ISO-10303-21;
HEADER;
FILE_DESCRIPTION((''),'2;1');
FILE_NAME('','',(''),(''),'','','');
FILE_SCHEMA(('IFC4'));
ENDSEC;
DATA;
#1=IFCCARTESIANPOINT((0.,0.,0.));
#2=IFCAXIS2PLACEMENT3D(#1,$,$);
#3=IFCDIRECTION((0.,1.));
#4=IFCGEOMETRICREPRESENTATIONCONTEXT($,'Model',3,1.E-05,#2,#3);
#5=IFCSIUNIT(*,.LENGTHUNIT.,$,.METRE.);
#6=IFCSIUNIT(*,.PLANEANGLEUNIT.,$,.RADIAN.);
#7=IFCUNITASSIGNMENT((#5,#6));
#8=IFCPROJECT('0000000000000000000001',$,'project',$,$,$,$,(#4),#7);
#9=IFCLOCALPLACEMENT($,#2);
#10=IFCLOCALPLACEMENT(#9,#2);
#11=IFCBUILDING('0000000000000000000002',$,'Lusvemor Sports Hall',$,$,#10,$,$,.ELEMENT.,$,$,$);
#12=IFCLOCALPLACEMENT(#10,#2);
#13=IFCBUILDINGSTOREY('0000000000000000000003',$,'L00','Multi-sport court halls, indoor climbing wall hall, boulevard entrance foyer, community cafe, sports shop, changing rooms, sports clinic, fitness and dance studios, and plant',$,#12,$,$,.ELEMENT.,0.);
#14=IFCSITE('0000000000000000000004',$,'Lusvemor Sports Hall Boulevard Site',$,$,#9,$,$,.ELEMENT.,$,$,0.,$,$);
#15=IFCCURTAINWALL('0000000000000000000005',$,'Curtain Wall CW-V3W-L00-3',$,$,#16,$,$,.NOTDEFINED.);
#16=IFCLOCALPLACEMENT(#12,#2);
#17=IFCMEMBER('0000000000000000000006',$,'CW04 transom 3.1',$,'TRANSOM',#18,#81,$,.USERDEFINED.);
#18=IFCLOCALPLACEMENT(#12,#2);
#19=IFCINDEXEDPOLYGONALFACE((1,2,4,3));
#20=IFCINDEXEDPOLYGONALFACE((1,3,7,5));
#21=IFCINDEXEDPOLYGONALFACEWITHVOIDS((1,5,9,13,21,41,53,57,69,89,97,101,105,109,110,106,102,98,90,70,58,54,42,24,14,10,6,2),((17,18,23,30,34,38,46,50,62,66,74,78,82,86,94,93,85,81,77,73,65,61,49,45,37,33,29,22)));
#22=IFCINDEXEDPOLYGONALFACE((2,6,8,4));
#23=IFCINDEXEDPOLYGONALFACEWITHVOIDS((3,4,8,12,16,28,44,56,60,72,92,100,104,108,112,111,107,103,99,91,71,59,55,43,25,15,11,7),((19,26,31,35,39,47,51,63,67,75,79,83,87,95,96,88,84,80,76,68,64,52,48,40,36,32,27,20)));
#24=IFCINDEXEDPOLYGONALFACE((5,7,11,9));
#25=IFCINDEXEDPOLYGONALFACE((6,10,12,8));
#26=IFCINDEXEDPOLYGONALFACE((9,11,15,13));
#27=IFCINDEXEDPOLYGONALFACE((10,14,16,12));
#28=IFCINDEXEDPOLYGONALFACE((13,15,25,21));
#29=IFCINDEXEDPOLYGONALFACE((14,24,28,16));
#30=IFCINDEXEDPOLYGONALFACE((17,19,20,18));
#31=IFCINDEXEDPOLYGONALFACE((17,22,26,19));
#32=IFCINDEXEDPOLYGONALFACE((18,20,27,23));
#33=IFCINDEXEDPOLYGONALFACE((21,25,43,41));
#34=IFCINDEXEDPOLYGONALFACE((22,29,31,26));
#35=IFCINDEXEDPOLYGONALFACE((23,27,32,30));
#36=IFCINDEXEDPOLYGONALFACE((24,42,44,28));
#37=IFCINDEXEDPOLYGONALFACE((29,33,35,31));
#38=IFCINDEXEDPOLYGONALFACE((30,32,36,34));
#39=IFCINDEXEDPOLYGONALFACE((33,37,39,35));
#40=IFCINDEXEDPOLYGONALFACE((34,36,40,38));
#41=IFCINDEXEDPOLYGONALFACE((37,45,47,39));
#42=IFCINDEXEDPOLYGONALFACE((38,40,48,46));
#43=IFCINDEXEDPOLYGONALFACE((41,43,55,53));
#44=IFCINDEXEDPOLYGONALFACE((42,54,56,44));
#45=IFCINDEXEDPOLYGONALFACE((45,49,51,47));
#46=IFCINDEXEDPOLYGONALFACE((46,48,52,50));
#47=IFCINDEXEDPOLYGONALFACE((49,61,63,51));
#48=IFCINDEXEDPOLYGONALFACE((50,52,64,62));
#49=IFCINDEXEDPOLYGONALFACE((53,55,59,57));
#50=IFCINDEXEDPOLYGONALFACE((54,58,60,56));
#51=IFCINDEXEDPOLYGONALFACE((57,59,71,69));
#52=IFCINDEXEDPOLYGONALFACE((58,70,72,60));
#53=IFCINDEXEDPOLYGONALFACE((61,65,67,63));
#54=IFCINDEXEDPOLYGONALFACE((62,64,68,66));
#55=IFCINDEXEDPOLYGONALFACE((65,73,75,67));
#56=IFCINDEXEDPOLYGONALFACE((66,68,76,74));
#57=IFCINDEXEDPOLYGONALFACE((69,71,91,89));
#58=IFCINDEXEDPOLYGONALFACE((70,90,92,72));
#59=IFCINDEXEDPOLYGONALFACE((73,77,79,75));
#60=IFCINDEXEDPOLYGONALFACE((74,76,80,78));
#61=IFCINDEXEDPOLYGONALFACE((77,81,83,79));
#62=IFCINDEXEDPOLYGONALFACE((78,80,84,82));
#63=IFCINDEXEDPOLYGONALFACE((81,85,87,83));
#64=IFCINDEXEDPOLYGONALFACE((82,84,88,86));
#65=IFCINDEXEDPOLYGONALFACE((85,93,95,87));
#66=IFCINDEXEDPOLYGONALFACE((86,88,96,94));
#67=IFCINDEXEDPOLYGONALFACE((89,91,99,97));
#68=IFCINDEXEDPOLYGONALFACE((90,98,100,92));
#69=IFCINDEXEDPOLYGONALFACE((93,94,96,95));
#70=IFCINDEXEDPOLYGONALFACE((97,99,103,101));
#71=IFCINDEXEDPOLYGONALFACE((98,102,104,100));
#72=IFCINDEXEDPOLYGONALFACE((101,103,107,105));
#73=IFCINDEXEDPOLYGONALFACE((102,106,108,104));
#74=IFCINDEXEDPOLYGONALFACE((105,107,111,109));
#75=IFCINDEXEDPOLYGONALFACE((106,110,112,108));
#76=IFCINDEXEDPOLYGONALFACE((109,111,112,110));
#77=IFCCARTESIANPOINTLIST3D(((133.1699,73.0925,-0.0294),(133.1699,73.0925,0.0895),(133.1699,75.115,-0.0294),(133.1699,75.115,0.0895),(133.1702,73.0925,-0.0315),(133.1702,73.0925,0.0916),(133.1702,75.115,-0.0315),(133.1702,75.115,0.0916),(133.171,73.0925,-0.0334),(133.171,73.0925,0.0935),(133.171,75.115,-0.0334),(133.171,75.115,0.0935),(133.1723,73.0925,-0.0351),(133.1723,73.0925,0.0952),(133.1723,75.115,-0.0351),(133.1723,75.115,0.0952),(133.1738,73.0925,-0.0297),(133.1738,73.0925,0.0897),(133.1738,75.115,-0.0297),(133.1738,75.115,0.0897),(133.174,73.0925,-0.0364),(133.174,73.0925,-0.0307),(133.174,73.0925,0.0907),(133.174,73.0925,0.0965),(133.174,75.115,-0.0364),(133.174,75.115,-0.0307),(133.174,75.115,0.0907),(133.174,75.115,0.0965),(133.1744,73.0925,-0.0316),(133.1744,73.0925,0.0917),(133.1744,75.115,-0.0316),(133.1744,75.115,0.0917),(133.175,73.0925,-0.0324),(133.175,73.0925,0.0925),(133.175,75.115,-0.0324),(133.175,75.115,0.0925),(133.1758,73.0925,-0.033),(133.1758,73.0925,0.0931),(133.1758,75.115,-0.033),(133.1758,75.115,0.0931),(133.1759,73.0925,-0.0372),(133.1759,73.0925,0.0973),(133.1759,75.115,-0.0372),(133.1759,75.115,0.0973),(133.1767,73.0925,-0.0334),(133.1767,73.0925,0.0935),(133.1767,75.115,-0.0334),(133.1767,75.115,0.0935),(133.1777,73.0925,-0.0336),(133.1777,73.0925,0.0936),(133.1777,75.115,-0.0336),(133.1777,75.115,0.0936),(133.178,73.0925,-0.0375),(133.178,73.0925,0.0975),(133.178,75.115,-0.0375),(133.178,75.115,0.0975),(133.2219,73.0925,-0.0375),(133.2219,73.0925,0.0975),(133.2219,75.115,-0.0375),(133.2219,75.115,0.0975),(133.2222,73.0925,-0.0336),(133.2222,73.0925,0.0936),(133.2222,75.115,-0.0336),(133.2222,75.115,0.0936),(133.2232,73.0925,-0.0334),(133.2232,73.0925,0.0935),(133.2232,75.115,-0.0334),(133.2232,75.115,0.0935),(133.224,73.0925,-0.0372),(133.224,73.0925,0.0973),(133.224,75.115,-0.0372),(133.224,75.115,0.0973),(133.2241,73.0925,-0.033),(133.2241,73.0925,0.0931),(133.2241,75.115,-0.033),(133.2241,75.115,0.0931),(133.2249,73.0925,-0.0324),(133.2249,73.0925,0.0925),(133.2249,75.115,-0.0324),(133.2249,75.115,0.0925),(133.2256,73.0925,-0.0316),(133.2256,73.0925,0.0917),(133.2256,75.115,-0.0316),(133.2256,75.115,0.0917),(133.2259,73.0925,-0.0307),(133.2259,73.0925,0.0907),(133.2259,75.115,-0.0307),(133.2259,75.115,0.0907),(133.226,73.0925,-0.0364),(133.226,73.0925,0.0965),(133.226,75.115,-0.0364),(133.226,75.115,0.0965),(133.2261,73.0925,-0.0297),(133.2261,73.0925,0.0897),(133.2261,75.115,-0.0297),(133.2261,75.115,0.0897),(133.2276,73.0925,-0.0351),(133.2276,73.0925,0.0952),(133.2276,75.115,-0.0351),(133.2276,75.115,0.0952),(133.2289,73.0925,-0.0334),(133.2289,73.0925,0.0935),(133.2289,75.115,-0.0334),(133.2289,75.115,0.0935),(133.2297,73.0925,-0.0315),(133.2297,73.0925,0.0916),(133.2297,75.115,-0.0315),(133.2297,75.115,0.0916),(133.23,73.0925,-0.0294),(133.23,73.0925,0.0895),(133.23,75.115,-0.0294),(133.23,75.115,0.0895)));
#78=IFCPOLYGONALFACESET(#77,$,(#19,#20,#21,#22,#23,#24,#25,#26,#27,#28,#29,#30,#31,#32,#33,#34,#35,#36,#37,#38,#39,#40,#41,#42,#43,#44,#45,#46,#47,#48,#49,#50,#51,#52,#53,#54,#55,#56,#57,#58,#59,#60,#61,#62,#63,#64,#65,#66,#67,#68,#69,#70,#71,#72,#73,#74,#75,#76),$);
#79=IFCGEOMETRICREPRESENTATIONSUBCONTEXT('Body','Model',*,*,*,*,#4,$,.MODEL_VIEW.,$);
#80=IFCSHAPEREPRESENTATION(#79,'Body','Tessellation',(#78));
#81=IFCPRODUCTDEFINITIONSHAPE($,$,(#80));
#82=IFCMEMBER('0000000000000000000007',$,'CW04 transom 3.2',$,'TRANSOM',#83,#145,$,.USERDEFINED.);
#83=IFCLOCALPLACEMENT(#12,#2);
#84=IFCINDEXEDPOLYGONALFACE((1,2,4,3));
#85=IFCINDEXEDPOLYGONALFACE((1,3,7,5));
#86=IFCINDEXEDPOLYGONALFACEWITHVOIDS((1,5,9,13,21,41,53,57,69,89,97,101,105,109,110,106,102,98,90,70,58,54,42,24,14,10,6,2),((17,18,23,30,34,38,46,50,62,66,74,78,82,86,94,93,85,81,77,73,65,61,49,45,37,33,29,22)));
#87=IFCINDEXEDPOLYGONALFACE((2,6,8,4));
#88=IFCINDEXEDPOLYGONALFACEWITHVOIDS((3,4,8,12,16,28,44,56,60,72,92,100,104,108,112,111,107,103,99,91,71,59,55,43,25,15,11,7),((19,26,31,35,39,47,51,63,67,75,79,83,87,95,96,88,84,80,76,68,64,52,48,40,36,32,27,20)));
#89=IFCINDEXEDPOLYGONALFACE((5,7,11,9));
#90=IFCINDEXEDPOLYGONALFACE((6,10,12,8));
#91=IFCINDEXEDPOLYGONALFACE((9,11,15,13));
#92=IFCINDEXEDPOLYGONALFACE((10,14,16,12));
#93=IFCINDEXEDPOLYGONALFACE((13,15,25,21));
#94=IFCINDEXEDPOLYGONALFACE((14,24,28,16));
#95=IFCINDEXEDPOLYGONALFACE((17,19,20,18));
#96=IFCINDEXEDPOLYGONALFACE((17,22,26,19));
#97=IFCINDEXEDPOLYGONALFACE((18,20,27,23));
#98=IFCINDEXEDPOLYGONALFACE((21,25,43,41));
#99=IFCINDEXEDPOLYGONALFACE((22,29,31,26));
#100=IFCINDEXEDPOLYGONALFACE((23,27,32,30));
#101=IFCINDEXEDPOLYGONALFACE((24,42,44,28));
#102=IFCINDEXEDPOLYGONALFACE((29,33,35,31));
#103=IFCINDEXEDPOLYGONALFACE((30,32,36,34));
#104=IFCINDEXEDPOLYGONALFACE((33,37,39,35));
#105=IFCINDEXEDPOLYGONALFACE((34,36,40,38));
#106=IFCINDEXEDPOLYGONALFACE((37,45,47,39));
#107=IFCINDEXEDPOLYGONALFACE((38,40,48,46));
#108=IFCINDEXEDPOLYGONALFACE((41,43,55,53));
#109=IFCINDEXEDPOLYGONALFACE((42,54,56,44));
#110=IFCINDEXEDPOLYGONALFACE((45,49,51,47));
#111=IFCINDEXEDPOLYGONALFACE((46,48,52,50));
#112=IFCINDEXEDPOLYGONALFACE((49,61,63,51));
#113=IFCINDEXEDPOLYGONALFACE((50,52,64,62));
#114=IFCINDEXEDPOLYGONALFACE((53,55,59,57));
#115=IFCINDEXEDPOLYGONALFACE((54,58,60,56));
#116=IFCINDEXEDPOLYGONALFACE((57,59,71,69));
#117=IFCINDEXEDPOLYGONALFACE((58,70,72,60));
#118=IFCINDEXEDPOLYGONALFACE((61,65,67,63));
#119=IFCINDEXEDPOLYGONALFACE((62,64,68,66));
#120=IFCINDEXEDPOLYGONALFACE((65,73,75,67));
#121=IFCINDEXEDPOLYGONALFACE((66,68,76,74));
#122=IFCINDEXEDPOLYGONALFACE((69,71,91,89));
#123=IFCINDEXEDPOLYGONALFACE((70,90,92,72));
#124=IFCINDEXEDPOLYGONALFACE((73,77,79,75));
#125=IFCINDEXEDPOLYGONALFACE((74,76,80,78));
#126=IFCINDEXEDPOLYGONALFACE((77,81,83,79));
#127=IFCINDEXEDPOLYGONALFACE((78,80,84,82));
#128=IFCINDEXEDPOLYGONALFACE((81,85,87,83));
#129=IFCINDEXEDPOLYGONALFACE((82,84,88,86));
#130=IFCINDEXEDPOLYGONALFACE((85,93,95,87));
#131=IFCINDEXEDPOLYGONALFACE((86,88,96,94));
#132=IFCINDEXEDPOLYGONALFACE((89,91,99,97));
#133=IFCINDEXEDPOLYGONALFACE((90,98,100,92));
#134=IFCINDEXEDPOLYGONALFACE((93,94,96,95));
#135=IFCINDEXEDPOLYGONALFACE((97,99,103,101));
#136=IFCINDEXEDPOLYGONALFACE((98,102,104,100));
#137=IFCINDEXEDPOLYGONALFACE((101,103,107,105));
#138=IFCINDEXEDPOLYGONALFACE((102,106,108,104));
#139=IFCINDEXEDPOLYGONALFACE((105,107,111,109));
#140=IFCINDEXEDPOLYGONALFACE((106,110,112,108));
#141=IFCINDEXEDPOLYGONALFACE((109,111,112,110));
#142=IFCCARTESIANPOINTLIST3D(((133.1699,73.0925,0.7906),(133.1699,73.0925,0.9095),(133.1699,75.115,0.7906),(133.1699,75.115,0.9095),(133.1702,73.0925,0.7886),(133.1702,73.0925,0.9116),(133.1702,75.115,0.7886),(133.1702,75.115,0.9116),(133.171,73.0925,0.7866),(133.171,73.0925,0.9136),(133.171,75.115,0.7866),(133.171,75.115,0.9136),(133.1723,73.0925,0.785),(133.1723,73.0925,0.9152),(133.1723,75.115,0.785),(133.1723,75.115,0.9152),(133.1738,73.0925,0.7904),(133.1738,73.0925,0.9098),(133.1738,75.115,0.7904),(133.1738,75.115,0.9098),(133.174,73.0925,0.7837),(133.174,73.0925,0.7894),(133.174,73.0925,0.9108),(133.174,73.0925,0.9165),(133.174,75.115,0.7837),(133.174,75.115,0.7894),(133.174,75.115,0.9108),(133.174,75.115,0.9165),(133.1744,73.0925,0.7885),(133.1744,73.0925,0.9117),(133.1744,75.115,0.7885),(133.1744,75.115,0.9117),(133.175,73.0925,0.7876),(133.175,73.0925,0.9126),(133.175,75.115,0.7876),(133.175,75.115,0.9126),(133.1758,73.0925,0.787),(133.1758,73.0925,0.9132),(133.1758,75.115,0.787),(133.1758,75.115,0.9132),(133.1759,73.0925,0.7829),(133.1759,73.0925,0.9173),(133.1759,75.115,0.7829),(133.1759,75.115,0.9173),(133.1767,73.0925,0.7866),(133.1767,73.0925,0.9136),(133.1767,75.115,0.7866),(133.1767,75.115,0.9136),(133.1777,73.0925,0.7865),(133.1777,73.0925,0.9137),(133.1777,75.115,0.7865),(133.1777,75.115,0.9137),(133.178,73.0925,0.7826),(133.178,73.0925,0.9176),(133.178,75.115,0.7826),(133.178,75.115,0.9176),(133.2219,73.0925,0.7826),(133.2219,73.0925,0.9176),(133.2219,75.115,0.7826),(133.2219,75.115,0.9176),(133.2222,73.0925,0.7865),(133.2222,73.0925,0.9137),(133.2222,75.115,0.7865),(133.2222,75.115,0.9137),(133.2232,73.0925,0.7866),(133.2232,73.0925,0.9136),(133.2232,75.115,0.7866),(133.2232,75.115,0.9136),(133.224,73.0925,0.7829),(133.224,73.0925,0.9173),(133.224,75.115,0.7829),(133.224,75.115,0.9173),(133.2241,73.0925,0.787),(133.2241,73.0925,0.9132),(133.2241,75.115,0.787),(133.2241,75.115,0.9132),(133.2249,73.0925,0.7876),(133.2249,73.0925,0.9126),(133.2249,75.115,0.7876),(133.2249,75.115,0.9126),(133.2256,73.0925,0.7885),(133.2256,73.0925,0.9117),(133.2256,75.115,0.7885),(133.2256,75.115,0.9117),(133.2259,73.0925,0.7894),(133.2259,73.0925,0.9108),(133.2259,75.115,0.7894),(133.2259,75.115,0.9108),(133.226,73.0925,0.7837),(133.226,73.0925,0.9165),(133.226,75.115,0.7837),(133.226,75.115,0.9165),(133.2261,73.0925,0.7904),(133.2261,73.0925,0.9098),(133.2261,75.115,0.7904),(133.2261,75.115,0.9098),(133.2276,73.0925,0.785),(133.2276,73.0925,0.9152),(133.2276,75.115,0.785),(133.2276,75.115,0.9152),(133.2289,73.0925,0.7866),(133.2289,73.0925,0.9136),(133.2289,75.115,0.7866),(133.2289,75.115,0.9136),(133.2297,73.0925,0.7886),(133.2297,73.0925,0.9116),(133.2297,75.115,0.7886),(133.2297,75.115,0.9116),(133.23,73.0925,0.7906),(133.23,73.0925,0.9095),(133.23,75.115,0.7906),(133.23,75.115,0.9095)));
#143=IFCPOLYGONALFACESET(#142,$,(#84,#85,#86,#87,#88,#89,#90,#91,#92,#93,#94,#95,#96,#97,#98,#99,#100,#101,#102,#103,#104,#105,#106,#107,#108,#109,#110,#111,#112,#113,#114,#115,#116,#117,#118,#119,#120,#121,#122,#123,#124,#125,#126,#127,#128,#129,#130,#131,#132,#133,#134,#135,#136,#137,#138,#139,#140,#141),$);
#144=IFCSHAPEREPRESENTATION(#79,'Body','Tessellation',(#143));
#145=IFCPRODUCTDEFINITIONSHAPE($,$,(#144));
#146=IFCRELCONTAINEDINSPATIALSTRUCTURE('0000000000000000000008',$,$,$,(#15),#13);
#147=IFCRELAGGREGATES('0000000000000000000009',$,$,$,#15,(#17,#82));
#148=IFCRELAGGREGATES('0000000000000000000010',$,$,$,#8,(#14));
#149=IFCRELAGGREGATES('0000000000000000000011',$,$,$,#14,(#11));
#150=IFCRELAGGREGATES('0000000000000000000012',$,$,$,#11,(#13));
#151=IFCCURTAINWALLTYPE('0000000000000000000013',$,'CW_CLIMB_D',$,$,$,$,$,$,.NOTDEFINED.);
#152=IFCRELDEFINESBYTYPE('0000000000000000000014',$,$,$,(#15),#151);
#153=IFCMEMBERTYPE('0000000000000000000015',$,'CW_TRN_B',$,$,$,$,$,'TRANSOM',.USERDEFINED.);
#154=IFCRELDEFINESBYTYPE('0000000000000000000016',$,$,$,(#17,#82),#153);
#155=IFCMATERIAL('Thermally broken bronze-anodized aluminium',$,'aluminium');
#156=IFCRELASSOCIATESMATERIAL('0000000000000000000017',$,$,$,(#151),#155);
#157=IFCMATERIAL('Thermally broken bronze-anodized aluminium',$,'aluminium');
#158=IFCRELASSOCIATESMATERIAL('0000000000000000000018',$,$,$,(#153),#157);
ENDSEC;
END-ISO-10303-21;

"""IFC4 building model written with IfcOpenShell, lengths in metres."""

from ifc_helpers import new_model, si_unit, direction, frame, origin, origin_2d, place, context, subcontext, project, spatial, hollow_rectangle, extrude, material, material_profile, profile_set, type_object, element, aggregate, save


model = new_model("IFC4")

# Units and contexts
model_context = context("Model", 3, precision=1e-05, world=origin(), true_north=direction((0.0, 1.0)))
body_context = subcontext(model_context, "Body", "Model", "MODEL_VIEW")
ifc_project = project(units=[si_unit("LENGTHUNIT", "METRE"), si_unit("PLANEANGLEUNIT", "RADIAN")], contexts=[model_context])

# Site, building, storey
site_placement = place(None, origin())
site = spatial("IfcSite", under=ifc_project, at=site_placement, Name="Lusvemor Sports Hall Boulevard Site", CompositionType="ELEMENT", RefElevation=0.0)
building_placement = place(site_placement, origin())
building = spatial("IfcBuilding", under=site, at=building_placement, Name="Lusvemor Sports Hall", CompositionType="ELEMENT")
storey_placement = place(building_placement, origin())
storey = spatial("IfcBuildingStorey", under=building, at=storey_placement, Name="L00", Description="Multi-sport court halls, indoor climbing wall hall, boulevard entrance foyer, community cafe, sports shop, changing rooms, sports clinic, fitness and dance studios, and plant", CompositionType="ELEMENT", Elevation=0.0)

# Shared definitions
ifc_material_1 = material(Name="Thermally broken bronze-anodized aluminium", Category="aluminium")
curtain_wall_type = type_object("IfcCurtainWallType", Name="CW_CLIMB_D", PredefinedType="NOTDEFINED", material=ifc_material_1)

# Curtain wall, members
curtain_wall_1_placement = place(storey_placement, origin())
curtain_wall_1 = element("IfcCurtainWall", 1, at=curtain_wall_1_placement, inside=storey, type_object=curtain_wall_type, Name="Curtain Wall CW-V3W-L00-3", PredefinedType="NOTDEFINED")
ifc_material_2 = material(Name="Thermally broken bronze-anodized aluminium", Category="aluminium")
ifc_material_profile_1 = material_profile(ifc_material_2, hollow_rectangle(XDim=0.0601, YDim=0.135, WallThickness=0.0039, InnerFilletRadius=0.0039, OuterFilletRadius=0.0081, at=origin_2d()), Name="CWTRN135x60x4")
ifc_profile_set_1 = profile_set([ifc_material_profile_1], Name="Thermally broken bronze-anodized aluminium")
member_type_1 = type_object("IfcMemberType", Name="CW_TRN_B", ElementType="TRANSOM", PredefinedType="USERDEFINED", material=ifc_profile_set_1)
member_1_placement = place(storey_placement, frame((133.2, 73.0925, 0.03), z_axis=(0.0, 1.0, 0.0), x_axis=(-1.0, 0.0, 0.0)))
member_1 = element("IfcMember", 2, at=member_1_placement, type_object=member_type_1, Name="CW04 transom 3.1", ObjectType="TRANSOM", PredefinedType="USERDEFINED", context=body_context, shape_type="SweptSolid", body=[
    extrude(hollow_rectangle(XDim=0.0601, YDim=0.135, WallThickness=0.0039, InnerFilletRadius=0.0039, OuterFilletRadius=0.0081, at=origin_2d()), origin(), (0.0, 0.0, 1.0), 2.0225),
])
member_2_placement = place(storey_placement, frame((133.2, 73.0925, 0.8501), z_axis=(0.0, 1.0, 0.0), x_axis=(-1.0, 0.0, 0.0)))
member_2 = element("IfcMember", 3, at=member_2_placement, type_object=member_type_1, Name="CW04 transom 3.2", ObjectType="TRANSOM", PredefinedType="USERDEFINED", context=body_context, shape_type="SweptSolid", body=[
    extrude(hollow_rectangle(XDim=0.0601, YDim=0.135, WallThickness=0.0039, InnerFilletRadius=0.0039, OuterFilletRadius=0.0081, at=origin_2d()), origin(), (0.0, 0.0, 1.0), 2.0225),
])
aggregate(curtain_wall_1, [member_1, member_2])

save(model, "model.ifc")
